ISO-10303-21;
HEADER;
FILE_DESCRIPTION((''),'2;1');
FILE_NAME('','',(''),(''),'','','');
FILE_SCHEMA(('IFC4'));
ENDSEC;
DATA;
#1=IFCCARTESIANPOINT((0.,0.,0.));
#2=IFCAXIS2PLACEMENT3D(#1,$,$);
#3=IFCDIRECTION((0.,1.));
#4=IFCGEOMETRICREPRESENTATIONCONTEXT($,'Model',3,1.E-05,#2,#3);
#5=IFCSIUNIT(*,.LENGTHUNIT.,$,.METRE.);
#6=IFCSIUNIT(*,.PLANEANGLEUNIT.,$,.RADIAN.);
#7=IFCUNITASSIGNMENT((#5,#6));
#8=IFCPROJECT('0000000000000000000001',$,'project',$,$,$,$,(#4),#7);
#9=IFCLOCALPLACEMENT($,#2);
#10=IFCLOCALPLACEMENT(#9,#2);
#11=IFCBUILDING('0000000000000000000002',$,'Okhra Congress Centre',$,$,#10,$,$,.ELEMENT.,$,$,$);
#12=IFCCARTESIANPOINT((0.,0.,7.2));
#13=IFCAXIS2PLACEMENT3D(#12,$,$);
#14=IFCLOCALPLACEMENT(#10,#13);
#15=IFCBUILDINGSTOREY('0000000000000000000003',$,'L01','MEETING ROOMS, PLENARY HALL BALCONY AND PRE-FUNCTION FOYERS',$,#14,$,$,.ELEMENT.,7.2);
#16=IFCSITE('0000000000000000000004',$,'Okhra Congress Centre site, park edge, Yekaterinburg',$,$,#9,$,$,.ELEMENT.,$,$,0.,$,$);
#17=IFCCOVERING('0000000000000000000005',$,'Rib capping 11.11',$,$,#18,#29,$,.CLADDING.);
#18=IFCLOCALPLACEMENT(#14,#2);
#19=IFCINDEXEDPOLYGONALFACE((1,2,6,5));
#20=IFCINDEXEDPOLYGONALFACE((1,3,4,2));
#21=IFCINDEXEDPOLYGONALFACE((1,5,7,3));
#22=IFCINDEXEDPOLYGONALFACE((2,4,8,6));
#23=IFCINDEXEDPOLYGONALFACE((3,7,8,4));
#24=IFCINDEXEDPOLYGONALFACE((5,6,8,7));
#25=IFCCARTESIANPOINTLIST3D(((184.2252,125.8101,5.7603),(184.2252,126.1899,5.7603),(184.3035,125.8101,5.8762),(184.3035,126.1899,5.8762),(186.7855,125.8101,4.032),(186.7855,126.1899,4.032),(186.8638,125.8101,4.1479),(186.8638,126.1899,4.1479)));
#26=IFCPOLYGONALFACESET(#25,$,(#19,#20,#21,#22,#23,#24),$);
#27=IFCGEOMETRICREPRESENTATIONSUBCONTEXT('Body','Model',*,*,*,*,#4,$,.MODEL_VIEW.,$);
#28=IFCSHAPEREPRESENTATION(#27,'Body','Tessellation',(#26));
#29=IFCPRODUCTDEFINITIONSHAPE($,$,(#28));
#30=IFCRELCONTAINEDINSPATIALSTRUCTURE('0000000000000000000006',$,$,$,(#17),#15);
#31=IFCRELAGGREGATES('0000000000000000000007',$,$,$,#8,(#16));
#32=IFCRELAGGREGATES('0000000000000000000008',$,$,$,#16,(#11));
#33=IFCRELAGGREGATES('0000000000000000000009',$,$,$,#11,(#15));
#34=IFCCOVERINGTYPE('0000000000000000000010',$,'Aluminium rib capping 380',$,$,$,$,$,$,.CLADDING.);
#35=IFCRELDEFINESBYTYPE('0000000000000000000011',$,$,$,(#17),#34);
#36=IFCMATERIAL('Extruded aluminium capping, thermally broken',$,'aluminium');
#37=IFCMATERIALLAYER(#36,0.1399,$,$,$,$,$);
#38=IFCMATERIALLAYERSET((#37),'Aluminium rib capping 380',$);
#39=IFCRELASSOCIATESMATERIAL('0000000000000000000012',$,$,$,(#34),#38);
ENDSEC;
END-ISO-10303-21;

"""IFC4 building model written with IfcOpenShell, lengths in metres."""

from ifc_helpers import new_model, si_unit, direction, frame, origin, place, context, subcontext, project, spatial, polyline, outline, extrude, material, layer, layer_set, type_object, element, save


model = new_model("IFC4")

# Units and contexts
model_context = context("Model", 3, precision=1e-05, world=origin(), true_north=direction((0.0, 1.0)))
body_context = subcontext(model_context, "Body", "Model", "MODEL_VIEW")
ifc_project = project(units=[si_unit("LENGTHUNIT", "METRE"), si_unit("PLANEANGLEUNIT", "RADIAN")], contexts=[model_context])

# Site, building, storey
site_placement = place(None, origin())
site = spatial("IfcSite", under=ifc_project, at=site_placement, Name="Okhra Congress Centre site, park edge, Yekaterinburg", CompositionType="ELEMENT", RefElevation=0.0)
building_placement = place(site_placement, origin())
building = spatial("IfcBuilding", under=site, at=building_placement, Name="Okhra Congress Centre", CompositionType="ELEMENT")
storey_placement = place(building_placement, frame((0.0, 0.0, 7.2)))
storey = spatial("IfcBuildingStorey", under=building, at=storey_placement, Name="L01", Description="MEETING ROOMS, PLENARY HALL BALCONY AND PRE-FUNCTION FOYERS", CompositionType="ELEMENT", Elevation=7.2)

# Covering
ifc_material_1 = material(Name="Extruded aluminium capping, thermally broken", Category="aluminium")
ifc_layer_1 = layer(ifc_material_1, 0.1399)
ifc_layer_set_1 = layer_set([ifc_layer_1], Name="Aluminium rib capping 380")
covering_type = type_object("IfcCoveringType", Name="Aluminium rib capping 380", PredefinedType="CLADDING", material=ifc_layer_set_1)
covering_placement = place(storey_placement, frame((184.3035, 125.8101, 5.8762), z_axis=(0.559488, 0.0, 0.828839), x_axis=(0.828839, 0.0, -0.559488)))
element("IfcCovering", 1, at=covering_placement, inside=storey, type_object=covering_type, Name="Rib capping 11.11", PredefinedType="CLADDING", context=body_context, shape_type="SweptSolid", body=[
    extrude(outline(polyline([(0.0, 0.0), (3.089, 0.0), (3.089, 0.3799), (0.0, 0.3799), (0.0, 0.0)])), origin(), (0.0, 0.0, -1.0), 0.1399),
])

save(model, "model.ifc")
